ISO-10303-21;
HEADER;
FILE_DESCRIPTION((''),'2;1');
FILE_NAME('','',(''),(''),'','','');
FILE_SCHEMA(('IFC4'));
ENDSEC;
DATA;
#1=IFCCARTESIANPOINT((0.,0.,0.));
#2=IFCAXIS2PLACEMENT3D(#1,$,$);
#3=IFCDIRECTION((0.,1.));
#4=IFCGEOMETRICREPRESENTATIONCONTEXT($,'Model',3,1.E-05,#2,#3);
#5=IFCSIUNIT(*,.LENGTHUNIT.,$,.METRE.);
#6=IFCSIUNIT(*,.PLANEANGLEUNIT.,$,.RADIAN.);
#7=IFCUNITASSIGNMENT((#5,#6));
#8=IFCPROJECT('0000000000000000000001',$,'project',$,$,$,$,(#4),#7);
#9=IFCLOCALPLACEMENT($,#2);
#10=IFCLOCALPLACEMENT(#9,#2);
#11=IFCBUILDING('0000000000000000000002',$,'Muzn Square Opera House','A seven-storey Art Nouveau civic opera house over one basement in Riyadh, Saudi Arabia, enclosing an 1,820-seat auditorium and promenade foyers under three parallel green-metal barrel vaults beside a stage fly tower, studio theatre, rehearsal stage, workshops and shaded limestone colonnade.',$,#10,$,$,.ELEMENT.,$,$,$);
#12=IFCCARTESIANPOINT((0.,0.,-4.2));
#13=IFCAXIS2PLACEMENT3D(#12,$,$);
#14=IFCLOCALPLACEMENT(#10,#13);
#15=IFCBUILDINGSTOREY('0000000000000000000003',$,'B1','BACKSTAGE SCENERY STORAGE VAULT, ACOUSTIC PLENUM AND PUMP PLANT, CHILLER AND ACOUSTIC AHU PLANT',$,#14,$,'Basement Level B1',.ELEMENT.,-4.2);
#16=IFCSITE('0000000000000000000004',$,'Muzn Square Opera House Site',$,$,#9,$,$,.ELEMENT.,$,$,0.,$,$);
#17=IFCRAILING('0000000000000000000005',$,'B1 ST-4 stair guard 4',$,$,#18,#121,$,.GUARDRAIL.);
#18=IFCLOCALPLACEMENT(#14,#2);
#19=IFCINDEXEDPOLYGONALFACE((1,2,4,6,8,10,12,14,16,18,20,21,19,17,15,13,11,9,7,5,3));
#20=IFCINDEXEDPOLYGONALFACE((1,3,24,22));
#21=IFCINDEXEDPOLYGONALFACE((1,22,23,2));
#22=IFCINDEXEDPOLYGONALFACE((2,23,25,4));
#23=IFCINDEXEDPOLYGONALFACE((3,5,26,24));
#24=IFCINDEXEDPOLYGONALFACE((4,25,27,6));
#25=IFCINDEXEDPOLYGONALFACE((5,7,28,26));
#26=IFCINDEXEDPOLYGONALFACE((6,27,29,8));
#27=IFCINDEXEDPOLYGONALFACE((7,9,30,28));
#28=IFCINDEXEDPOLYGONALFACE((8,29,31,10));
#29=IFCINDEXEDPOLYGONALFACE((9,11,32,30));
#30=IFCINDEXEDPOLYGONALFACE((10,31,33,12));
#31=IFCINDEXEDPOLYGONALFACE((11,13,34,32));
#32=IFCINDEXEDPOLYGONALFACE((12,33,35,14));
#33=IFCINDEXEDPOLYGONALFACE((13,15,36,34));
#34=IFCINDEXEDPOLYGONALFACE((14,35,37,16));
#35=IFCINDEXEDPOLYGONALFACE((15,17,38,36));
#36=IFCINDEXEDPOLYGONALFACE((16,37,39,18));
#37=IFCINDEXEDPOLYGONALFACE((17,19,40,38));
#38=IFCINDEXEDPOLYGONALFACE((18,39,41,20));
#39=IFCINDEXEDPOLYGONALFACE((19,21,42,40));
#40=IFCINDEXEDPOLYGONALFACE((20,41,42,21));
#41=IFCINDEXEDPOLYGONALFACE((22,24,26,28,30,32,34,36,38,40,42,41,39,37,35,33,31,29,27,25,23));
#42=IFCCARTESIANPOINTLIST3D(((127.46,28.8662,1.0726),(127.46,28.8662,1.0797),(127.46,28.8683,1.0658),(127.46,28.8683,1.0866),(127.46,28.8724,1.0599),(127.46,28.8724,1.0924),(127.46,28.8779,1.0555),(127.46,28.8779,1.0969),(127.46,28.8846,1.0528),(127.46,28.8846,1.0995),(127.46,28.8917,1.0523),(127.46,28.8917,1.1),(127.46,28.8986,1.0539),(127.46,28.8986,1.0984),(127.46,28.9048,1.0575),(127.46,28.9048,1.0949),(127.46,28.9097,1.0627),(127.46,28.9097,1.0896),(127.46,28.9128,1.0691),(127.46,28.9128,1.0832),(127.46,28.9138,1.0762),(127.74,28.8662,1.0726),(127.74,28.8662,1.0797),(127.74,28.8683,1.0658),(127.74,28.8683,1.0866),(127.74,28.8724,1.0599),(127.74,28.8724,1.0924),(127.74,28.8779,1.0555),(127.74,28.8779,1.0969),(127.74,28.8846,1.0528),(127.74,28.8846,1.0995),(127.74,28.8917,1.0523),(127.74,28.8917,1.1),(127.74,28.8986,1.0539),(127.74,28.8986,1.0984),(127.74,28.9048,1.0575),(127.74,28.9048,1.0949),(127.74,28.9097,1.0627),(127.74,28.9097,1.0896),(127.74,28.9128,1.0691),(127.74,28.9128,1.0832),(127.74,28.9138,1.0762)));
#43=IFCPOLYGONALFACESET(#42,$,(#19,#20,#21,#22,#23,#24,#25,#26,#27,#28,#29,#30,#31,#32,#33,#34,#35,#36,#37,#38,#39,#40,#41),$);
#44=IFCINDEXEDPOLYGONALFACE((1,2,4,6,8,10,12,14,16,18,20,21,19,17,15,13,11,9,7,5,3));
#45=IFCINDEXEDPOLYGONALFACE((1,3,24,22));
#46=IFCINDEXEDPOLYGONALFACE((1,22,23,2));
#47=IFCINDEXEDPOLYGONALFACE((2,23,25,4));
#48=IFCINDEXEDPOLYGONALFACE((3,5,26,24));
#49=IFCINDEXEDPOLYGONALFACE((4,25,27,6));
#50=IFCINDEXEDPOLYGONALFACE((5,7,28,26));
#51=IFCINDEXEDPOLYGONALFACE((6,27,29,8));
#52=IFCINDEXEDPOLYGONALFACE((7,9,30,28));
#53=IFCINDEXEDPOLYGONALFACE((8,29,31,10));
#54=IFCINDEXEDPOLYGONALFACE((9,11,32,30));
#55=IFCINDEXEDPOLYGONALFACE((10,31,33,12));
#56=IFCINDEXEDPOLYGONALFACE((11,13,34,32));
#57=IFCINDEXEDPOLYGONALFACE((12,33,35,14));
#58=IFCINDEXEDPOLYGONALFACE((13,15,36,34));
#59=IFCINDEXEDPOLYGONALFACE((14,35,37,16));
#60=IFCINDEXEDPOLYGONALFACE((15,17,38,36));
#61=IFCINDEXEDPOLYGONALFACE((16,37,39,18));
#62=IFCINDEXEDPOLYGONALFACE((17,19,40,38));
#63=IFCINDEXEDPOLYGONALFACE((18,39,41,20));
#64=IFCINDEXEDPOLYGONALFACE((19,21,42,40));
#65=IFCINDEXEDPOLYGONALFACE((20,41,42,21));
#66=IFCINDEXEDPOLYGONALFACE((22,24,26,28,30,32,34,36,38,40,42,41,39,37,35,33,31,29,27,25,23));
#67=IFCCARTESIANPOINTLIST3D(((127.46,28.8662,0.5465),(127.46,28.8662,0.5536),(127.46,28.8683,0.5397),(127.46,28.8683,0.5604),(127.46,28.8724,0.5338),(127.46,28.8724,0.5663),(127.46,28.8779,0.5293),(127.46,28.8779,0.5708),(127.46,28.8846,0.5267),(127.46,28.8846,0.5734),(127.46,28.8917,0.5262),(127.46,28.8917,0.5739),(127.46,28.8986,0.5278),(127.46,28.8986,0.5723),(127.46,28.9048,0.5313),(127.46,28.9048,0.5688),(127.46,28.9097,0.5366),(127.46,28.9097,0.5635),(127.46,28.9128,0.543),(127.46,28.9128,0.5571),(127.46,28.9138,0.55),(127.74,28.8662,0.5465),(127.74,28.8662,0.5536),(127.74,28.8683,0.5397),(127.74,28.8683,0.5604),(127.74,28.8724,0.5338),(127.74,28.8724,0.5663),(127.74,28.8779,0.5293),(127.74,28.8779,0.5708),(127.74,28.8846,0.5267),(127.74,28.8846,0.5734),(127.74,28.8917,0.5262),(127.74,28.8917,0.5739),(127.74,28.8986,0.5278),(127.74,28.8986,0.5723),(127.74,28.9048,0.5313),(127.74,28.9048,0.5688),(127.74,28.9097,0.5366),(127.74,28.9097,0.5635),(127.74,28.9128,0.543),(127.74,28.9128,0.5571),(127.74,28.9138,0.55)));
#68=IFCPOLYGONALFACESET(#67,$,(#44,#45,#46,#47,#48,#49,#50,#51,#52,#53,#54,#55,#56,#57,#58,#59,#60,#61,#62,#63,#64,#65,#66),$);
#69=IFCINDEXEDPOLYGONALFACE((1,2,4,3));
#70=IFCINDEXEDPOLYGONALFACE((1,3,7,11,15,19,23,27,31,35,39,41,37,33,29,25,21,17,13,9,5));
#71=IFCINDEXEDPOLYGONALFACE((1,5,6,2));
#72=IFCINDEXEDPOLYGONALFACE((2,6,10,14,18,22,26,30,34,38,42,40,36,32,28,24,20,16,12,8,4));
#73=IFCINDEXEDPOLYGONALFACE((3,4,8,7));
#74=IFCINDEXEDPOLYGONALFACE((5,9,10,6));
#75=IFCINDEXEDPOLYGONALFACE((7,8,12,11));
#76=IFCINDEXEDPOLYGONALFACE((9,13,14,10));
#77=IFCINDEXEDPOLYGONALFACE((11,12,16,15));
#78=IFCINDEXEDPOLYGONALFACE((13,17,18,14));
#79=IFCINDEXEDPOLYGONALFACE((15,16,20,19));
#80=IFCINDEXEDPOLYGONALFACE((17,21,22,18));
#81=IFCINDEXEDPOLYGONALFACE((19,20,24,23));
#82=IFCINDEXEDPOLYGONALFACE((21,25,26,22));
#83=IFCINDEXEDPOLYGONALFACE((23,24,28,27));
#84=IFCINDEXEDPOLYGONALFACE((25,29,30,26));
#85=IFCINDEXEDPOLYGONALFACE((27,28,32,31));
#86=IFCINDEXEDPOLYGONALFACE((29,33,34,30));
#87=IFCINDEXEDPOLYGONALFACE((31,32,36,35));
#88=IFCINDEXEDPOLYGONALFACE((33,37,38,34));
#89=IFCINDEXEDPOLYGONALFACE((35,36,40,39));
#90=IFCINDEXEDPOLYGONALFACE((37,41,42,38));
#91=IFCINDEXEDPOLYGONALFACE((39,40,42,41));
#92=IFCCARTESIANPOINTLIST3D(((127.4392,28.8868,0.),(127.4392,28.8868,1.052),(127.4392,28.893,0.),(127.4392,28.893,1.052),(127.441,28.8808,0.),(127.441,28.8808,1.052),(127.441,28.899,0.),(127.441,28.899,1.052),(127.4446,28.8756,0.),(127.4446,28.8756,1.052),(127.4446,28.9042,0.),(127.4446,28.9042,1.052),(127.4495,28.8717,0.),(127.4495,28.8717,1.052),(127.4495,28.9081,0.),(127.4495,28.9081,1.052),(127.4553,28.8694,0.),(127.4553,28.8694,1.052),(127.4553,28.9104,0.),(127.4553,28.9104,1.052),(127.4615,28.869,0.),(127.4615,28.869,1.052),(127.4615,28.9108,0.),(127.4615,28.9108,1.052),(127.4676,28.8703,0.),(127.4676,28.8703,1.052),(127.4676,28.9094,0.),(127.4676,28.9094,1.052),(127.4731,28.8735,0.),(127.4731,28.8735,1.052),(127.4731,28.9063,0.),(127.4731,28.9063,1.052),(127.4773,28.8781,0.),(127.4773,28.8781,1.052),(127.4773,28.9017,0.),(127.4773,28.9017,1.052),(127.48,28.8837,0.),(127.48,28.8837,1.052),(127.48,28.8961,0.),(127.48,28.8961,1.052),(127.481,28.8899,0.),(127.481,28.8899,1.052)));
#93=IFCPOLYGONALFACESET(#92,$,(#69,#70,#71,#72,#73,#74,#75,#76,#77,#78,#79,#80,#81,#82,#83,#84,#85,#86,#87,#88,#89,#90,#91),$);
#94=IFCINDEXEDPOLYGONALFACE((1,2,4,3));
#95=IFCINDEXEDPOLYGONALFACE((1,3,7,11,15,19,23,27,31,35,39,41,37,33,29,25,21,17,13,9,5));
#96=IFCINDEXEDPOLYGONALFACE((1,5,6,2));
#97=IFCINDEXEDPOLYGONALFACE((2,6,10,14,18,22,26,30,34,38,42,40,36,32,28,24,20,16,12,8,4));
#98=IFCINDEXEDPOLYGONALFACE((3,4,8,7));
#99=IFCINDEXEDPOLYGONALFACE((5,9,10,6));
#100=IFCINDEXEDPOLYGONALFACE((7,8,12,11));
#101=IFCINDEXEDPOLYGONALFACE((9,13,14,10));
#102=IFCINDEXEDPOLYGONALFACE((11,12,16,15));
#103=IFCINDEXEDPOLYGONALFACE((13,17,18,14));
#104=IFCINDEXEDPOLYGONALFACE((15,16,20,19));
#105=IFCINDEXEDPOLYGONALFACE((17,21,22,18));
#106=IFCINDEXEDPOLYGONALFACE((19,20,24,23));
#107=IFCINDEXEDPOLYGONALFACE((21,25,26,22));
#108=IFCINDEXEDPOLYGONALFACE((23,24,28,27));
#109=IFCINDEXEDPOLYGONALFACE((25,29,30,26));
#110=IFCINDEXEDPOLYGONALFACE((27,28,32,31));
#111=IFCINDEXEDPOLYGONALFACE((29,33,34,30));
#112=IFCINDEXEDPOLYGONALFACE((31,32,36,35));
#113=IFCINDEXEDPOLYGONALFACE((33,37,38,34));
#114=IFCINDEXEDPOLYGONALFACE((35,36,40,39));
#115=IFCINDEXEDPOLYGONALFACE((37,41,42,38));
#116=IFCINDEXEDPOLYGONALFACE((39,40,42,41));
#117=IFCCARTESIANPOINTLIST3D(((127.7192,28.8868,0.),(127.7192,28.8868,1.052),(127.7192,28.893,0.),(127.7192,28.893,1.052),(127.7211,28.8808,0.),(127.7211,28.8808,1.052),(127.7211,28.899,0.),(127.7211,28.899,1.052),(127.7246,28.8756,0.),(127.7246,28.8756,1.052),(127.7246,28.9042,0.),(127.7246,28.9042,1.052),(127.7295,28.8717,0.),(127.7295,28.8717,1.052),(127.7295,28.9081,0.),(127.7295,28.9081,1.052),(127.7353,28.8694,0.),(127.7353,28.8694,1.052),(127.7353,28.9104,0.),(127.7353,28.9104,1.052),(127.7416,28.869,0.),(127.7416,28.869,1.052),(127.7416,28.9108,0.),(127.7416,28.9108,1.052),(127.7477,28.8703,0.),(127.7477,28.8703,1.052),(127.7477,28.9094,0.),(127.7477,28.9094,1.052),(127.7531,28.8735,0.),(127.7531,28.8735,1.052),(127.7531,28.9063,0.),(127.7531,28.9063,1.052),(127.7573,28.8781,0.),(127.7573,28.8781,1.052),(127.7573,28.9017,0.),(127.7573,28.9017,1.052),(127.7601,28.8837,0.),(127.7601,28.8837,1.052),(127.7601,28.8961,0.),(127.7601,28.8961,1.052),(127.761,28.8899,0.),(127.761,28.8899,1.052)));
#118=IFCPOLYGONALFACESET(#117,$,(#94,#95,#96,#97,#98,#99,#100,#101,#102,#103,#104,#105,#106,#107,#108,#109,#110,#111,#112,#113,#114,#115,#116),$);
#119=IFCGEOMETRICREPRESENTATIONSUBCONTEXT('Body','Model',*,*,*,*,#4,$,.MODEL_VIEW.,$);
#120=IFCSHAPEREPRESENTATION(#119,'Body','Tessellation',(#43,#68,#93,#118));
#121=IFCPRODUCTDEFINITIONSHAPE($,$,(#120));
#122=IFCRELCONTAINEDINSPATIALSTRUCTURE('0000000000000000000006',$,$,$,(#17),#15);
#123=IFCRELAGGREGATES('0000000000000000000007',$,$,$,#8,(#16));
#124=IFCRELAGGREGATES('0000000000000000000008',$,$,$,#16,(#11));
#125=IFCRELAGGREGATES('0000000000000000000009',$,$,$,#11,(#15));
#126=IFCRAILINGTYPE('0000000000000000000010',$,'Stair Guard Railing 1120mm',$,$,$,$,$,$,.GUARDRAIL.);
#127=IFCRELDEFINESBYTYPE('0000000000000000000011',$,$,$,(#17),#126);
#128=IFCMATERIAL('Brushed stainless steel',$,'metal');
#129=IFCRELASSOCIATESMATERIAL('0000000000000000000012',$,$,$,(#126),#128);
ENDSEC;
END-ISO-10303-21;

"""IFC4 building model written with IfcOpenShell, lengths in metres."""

from ifc_helpers import new_model, si_unit, direction, frame, origin, origin_2d, place, context, subcontext, project, spatial, circle, extrude, material, type_object, element, save


model = new_model("IFC4")

# Units and contexts
model_context = context("Model", 3, precision=1e-05, world=origin(), true_north=direction((0.0, 1.0)))
body_context = subcontext(model_context, "Body", "Model", "MODEL_VIEW")
ifc_project = project(units=[si_unit("LENGTHUNIT", "METRE"), si_unit("PLANEANGLEUNIT", "RADIAN")], contexts=[model_context])

# Site, building, storey
site_placement = place(None, origin())
site = spatial("IfcSite", under=ifc_project, at=site_placement, Name="Muzn Square Opera House Site", CompositionType="ELEMENT", RefElevation=0.0)
building_placement = place(site_placement, origin())
building = spatial("IfcBuilding", under=site, at=building_placement, Name="Muzn Square Opera House", Description="A seven-storey Art Nouveau civic opera house over one basement in Riyadh, Saudi Arabia, enclosing an 1,820-seat auditorium and promenade foyers under three parallel green-metal barrel vaults beside a stage fly tower, studio theatre, rehearsal stage, workshops and shaded limestone colonnade.", CompositionType="ELEMENT")
storey_placement = place(building_placement, frame((0.0, 0.0, -4.2)))
storey = spatial("IfcBuildingStorey", under=building, at=storey_placement, Name="B1", Description="BACKSTAGE SCENERY STORAGE VAULT, ACOUSTIC PLENUM AND PUMP PLANT, CHILLER AND ACOUSTIC AHU PLANT", LongName="Basement Level B1", CompositionType="ELEMENT", Elevation=-4.2)

# Shared definitions
ifc_material_1 = material(Name="Brushed stainless steel", Category="metal")

# Railing
railing_type_1 = type_object("IfcRailingType", Name="Stair Guard Railing 1120mm", PredefinedType="GUARDRAIL", material=ifc_material_1)
railing_1_placement = place(storey_placement, frame((127.46, 28.8899, 0.0)))
element("IfcRailing", 1, at=railing_1_placement, inside=storey, type_object=railing_type_1, Name="B1 ST-4 stair guard 4", PredefinedType="GUARDRAIL", context=body_context, shape_type="SweptSolid", body=[
    extrude(circle(Radius=0.0239, at=origin_2d()), frame((0.0, 0.0, 1.0762), z_axis=(1.0, 0.0, 0.0), x_axis=(0.0, 1.0, 0.0)), (0.0, 0.0, 1.0), 0.28),
    extrude(circle(Radius=0.0239, at=origin_2d()), frame((0.0, 0.0, 0.55), z_axis=(1.0, 0.0, 0.0), x_axis=(0.0, 1.0, 0.0)), (0.0, 0.0, 1.0), 0.28),
    extrude(circle(Radius=0.021, at=origin_2d()), origin(), (0.0, 0.0, 1.0), 1.052),
    extrude(circle(Radius=0.021, at=origin_2d()), frame((0.28, 0.0, 0.0)), (0.0, 0.0, 1.0), 1.052),
])

save(model, "model.ifc")
